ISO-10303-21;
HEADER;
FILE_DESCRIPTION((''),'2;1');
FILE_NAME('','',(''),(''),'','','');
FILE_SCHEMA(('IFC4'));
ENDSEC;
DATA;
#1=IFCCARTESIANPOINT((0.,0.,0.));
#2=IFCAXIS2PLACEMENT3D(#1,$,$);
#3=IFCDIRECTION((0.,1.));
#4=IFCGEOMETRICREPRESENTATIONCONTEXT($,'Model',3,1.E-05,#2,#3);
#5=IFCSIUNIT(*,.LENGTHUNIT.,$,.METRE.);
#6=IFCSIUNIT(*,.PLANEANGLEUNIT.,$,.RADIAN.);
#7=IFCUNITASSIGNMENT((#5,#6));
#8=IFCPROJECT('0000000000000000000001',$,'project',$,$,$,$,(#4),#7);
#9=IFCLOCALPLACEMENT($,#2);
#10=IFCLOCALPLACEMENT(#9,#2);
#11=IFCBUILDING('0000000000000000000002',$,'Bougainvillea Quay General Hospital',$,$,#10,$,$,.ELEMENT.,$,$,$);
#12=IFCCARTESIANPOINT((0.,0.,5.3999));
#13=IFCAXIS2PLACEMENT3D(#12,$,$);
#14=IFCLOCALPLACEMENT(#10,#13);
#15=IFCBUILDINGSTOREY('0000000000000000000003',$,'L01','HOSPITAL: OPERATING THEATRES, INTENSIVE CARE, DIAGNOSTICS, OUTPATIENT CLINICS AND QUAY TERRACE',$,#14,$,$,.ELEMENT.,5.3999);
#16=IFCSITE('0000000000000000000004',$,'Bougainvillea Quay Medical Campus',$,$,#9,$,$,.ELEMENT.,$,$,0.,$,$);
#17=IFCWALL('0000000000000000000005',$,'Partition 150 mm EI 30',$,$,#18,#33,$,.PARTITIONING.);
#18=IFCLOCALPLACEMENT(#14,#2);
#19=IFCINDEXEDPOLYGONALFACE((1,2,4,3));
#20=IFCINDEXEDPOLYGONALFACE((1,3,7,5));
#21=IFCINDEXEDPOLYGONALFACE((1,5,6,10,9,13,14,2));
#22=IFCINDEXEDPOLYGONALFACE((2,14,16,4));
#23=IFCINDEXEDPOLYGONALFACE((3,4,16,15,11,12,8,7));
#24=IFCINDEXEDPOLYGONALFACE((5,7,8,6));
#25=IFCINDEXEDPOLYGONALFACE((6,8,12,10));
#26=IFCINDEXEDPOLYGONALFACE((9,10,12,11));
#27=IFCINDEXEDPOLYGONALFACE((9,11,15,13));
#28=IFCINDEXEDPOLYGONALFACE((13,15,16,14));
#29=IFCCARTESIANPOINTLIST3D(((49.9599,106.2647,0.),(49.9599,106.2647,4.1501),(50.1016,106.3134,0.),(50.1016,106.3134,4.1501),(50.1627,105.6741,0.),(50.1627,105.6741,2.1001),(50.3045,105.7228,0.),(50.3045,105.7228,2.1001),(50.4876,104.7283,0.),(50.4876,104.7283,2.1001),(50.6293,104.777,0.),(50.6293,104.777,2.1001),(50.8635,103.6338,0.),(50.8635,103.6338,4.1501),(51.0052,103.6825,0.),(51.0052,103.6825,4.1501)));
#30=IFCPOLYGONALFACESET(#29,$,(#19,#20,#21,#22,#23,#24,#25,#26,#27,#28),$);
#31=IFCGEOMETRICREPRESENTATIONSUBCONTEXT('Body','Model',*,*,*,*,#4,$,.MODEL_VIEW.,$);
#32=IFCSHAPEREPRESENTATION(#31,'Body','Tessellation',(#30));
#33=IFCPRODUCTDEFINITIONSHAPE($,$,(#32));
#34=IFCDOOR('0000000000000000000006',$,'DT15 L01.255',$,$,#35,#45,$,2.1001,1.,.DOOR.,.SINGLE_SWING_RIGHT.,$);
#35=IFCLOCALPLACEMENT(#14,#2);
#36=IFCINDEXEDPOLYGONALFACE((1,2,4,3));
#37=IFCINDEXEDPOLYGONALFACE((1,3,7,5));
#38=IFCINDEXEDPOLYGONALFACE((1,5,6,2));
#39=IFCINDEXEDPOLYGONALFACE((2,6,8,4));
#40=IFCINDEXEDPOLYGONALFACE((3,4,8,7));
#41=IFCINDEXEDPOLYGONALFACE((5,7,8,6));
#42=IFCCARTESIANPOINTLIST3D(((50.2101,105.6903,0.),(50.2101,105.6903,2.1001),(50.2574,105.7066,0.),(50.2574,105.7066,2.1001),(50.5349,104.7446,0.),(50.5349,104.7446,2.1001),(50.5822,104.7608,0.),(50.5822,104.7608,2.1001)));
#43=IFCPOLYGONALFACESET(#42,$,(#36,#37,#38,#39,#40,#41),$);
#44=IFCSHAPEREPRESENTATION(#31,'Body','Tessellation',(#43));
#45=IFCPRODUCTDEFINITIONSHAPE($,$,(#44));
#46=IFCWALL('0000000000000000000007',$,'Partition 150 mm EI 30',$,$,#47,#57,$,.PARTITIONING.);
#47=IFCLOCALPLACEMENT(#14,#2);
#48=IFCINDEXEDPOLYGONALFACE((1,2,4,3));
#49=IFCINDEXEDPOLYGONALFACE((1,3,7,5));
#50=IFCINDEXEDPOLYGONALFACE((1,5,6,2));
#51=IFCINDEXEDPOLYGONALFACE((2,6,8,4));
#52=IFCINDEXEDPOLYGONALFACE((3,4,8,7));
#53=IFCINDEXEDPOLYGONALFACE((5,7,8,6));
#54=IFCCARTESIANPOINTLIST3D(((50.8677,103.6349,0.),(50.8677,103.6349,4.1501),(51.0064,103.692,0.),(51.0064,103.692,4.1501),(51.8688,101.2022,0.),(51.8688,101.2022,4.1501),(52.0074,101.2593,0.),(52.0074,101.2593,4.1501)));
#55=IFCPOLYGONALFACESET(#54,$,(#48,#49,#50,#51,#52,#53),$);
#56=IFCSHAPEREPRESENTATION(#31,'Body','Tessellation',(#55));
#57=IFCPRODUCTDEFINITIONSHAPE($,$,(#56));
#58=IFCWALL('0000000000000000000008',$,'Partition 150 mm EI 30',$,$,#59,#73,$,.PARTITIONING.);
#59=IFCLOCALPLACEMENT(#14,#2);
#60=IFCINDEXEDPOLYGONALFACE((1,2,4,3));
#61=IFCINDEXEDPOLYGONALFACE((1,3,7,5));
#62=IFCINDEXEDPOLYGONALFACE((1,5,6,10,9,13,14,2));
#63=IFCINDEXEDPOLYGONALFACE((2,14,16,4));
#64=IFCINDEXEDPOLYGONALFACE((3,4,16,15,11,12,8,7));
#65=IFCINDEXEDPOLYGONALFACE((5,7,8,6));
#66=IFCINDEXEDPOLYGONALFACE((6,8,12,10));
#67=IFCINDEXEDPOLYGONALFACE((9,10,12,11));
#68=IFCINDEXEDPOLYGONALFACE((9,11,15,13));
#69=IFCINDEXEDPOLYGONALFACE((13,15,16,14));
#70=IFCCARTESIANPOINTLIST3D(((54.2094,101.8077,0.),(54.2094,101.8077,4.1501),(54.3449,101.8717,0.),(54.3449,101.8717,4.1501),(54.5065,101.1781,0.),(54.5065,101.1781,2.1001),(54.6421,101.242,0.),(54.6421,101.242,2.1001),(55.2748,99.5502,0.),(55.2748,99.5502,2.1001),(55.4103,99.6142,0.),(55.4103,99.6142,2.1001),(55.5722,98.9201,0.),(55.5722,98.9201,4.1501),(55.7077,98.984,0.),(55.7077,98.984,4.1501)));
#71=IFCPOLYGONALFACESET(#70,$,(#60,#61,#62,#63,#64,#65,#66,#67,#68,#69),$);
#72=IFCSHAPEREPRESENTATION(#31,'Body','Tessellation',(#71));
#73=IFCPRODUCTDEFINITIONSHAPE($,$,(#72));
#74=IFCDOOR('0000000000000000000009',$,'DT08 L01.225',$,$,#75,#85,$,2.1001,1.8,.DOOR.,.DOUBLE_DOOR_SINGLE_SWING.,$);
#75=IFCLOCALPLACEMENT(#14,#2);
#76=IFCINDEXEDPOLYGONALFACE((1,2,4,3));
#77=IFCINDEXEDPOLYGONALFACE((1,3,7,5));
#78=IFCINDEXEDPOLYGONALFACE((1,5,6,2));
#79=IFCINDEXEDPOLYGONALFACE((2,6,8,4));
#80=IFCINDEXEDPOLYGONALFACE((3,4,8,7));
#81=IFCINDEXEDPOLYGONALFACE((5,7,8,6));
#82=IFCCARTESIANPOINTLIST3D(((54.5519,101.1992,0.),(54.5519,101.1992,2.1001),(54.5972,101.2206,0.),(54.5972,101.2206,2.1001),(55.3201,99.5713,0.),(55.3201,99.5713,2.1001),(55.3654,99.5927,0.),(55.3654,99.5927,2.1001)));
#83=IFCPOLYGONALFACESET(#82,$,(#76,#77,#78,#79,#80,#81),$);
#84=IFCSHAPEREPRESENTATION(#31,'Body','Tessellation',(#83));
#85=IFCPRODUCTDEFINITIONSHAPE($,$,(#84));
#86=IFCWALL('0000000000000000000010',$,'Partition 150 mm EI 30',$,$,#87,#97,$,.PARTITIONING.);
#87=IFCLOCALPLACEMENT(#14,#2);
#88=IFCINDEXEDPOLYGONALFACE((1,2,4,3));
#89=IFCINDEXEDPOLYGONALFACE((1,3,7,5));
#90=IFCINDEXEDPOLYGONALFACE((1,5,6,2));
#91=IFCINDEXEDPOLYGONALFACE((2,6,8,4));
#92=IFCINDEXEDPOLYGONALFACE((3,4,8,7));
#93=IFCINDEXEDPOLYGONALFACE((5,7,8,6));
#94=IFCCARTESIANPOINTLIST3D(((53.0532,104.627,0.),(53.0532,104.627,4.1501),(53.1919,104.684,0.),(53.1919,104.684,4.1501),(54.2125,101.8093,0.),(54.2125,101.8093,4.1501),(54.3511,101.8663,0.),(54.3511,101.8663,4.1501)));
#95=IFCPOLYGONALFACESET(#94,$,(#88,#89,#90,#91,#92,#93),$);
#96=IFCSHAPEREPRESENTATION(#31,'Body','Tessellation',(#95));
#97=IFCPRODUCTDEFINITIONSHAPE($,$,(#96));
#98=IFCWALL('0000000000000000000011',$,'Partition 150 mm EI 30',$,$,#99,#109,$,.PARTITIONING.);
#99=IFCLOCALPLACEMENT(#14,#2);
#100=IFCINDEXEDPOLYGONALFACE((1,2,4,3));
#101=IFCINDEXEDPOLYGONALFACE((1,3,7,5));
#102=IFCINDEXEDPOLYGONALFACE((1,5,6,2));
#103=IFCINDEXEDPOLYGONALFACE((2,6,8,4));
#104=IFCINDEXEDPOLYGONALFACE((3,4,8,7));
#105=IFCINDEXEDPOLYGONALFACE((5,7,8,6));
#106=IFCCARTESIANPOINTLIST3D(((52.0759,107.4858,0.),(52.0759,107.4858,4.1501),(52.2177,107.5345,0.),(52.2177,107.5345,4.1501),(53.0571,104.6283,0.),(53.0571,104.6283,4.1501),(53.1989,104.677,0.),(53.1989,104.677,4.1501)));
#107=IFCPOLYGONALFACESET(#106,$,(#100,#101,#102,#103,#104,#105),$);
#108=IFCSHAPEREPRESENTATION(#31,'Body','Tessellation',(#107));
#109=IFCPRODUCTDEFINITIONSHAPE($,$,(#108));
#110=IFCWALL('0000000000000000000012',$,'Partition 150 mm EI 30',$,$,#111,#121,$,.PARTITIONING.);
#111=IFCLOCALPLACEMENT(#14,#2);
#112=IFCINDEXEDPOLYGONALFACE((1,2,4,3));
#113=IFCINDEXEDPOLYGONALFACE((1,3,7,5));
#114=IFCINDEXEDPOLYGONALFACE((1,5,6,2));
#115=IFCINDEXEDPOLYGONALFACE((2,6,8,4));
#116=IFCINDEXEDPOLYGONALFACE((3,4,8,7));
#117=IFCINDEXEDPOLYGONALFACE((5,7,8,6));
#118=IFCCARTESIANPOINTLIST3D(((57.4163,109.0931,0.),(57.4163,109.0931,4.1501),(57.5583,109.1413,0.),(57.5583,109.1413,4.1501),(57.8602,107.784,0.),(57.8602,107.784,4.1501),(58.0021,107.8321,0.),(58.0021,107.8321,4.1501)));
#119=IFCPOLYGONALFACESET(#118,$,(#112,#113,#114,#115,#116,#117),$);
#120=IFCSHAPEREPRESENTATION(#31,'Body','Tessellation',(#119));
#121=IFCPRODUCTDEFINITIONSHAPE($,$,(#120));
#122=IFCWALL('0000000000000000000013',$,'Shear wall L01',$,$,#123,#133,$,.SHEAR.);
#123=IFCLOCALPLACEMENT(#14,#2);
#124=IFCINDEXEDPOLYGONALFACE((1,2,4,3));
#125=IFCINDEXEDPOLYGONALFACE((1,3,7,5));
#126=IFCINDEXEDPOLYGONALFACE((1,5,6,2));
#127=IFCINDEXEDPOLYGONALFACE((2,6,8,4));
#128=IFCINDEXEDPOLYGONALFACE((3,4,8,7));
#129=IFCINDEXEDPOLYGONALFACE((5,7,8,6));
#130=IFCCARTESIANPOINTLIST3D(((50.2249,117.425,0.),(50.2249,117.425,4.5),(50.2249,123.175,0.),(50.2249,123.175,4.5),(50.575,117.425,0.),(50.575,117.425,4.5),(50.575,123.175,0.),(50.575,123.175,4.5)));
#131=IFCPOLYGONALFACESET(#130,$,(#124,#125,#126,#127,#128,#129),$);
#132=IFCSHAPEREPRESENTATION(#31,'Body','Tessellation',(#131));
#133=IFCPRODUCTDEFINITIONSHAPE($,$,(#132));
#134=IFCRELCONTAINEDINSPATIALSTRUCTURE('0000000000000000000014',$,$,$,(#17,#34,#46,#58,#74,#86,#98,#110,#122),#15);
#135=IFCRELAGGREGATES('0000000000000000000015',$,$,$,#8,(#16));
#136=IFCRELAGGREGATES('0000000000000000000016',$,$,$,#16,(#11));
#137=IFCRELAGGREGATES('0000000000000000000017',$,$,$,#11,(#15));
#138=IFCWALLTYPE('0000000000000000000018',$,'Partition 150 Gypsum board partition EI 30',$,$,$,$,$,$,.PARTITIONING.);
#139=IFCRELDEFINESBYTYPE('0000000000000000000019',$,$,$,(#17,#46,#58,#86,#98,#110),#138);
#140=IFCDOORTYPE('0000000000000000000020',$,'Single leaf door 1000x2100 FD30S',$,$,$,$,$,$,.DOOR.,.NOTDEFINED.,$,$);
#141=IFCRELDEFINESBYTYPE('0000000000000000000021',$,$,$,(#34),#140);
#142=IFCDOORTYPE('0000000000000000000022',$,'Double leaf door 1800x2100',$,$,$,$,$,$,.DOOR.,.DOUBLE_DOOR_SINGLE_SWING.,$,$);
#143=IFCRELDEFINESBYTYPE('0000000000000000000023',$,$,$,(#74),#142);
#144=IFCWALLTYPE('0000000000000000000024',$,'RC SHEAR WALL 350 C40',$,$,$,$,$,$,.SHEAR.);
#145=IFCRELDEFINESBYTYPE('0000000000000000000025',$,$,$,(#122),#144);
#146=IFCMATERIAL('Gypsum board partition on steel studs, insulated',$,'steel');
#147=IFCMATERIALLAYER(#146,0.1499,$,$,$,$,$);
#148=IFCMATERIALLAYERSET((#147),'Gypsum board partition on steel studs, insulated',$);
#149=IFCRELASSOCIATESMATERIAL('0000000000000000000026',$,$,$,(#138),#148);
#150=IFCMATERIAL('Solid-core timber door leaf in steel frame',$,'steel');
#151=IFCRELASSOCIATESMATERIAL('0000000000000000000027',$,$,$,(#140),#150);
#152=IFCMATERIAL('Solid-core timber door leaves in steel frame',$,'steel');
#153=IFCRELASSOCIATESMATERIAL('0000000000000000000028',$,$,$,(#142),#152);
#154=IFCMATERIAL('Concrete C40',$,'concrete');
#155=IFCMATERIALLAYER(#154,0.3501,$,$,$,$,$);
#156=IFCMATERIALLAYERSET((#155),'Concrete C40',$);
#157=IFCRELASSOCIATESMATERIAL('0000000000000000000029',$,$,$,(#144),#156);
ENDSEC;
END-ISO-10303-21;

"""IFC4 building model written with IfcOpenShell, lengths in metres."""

from ifc_helpers import new_model, si_unit, direction, frame, frame_2d, origin, place, context, subcontext, project, spatial, rectangle, extrude, material, layer, layer_set, type_object, element, fill, save


model = new_model("IFC4")

# Units and contexts
model_context = context("Model", 3, precision=1e-05, world=origin(), true_north=direction((0.0, 1.0)))
body_context = subcontext(model_context, "Body", "Model", "MODEL_VIEW")
ifc_project = project(units=[si_unit("LENGTHUNIT", "METRE"), si_unit("PLANEANGLEUNIT", "RADIAN")], contexts=[model_context])

# Site, building, storey
site_placement = place(None, origin())
site = spatial("IfcSite", under=ifc_project, at=site_placement, Name="Bougainvillea Quay Medical Campus", CompositionType="ELEMENT", RefElevation=0.0)
building_placement = place(site_placement, origin())
building = spatial("IfcBuilding", under=site, at=building_placement, Name="Bougainvillea Quay General Hospital", CompositionType="ELEMENT")
storey_placement = place(building_placement, frame((0.0, 0.0, 5.3999)))
storey = spatial("IfcBuildingStorey", under=building, at=storey_placement, Name="L01", Description="HOSPITAL: OPERATING THEATRES, INTENSIVE CARE, DIAGNOSTICS, OUTPATIENT CLINICS AND QUAY TERRACE", CompositionType="ELEMENT", Elevation=5.3999)

# Shared definitions
ifc_material_1 = material(Name="Concrete C40", Category="concrete")

# Shared definitions
ifc_material_2 = material(Name="Gypsum board partition on steel studs, insulated", Category="steel")
ifc_layer_1 = layer(ifc_material_2, 0.1499)
ifc_layer_set_1 = layer_set([ifc_layer_1], Name="Gypsum board partition on steel studs, insulated")
wall_type_1 = type_object("IfcWallType", Name="Partition 150 Gypsum board partition EI 30", PredefinedType="PARTITIONING", material=ifc_layer_set_1)

# Wall, opening, door
ifc_material_3 = material(Name="Solid-core timber door leaf in steel frame", Category="steel")
door_type_1 = type_object("IfcDoorType", Name="Single leaf door 1000x2100 FD30S", OperationType="NOTDEFINED", PredefinedType="DOOR", material=ifc_material_3)
wall_1_placement = place(storey_placement, frame((50.0308, 106.2891, 0.0), z_axis=(0.0, 0.0, 1.0), x_axis=(0.324825, -0.945774, 0.0)))
wall_1 = element("IfcWall", 1, at=wall_1_placement, inside=storey, type_object=wall_type_1, Name="Partition 150 mm EI 30", PredefinedType="PARTITIONING", context=body_context, shape_type="SweptSolid", body=[
    extrude(rectangle(XDim=2.7817, YDim=0.1499, at=frame_2d((1.3909, 0.0))), origin(), (0.0, 0.0, 1.0), 4.1501),
])
opening_1_placement = place(wall_1_placement, frame((0.6245, 0.0, 0.0)))
opening_1 = element("IfcOpeningElement", 2, at=opening_1_placement, cuts=wall_1, PredefinedType="OPENING", context=body_context, shape_type="SweptSolid", body=[
    extrude(rectangle(XDim=1.0, YDim=2.1001, at=frame_2d((0.5, 1.05))), frame((0.0, 0.085, 0.0), z_axis=(0.0, -1.0, 0.0), x_axis=(1.0, 0.0, 0.0)), (0.0, 0.0, 1.0), 0.1699),
])
door_1_placement = place(opening_1_placement, frame((1.0, 0.0, 0.0), z_axis=(0.0, 0.0, 1.0), x_axis=(-1.0, 0.0, 0.0)))
door_1 = element("IfcDoor", 3, at=door_1_placement, inside=storey, type_object=door_type_1, Name="DT15 L01.255", OperationType="SINGLE_SWING_RIGHT", OverallHeight=2.1001, OverallWidth=1.0, PredefinedType="DOOR", context=body_context, shape_type="SweptSolid", body=[
    extrude(rectangle(XDim=1.0, YDim=2.1001, at=frame_2d((0.5, 1.05))), frame((0.0, 0.0249, 0.0), z_axis=(0.0, -1.0, 0.0), x_axis=(1.0, 0.0, 0.0)), (0.0, 0.0, 1.0), 0.05),
])
fill(opening_1, door_1)

# Wall
wall_2_placement = place(storey_placement, frame((50.937, 103.6636, 0.0), z_axis=(0.0, 0.0, 1.0), x_axis=(0.380526, -0.92477, 0.0)))
element("IfcWall", 4, at=wall_2_placement, inside=storey, type_object=wall_type_1, Name="Partition 150 mm EI 30", PredefinedType="PARTITIONING", context=body_context, shape_type="SweptSolid", body=[
    extrude(rectangle(XDim=2.6306, YDim=0.1499, at=frame_2d((1.3154, 0.0))), origin(), (0.0, 0.0, 1.0), 4.1501),
])

# Wall, opening, door
wall_3_placement = place(storey_placement, frame((54.2771, 101.8398, 0.0), z_axis=(0.0, 0.0, 1.0), x_axis=(0.426791, -0.90435, 0.0)))
wall_3 = element("IfcWall", 5, at=wall_3_placement, inside=storey, type_object=wall_type_1, Name="Partition 150 mm EI 30", PredefinedType="PARTITIONING", context=body_context, shape_type="SweptSolid", body=[
    extrude(rectangle(XDim=3.1931, YDim=0.1499, at=frame_2d((1.5967, 0.0))), origin(), (0.0, 0.0, 1.0), 4.1501),
])
opening_2_placement = place(wall_3_placement, frame((0.6965, 0.0, 0.0)))
opening_2 = element("IfcOpeningElement", 6, at=opening_2_placement, cuts=wall_3, PredefinedType="OPENING", context=body_context, shape_type="SweptSolid", body=[
    extrude(rectangle(XDim=1.8, YDim=2.1001, at=frame_2d((0.8999, 1.05))), frame((0.0, 0.085, 0.0), z_axis=(0.0, -1.0, 0.0), x_axis=(1.0, 0.0, 0.0)), (0.0, 0.0, 1.0), 0.1699),
])
ifc_material_4 = material(Name="Solid-core timber door leaves in steel frame", Category="steel")
door_type_2 = type_object("IfcDoorType", Name="Double leaf door 1800x2100", OperationType="DOUBLE_DOOR_SINGLE_SWING", PredefinedType="DOOR", material=ifc_material_4)
door_2_placement = place(opening_2_placement, frame((1.8, 0.0, 0.0), z_axis=(0.0, 0.0, 1.0), x_axis=(-1.0, 0.0, 0.0)))
door_2 = element("IfcDoor", 7, at=door_2_placement, inside=storey, type_object=door_type_2, Name="DT08 L01.225", OperationType="DOUBLE_DOOR_SINGLE_SWING", OverallHeight=2.1001, OverallWidth=1.8, PredefinedType="DOOR", context=body_context, shape_type="SweptSolid", body=[
    extrude(rectangle(XDim=1.8, YDim=2.1001, at=frame_2d((0.8999, 1.05))), frame((0.0, 0.0249, 0.0), z_axis=(0.0, -1.0, 0.0), x_axis=(1.0, 0.0, 0.0)), (0.0, 0.0, 1.0), 0.05),
])
fill(opening_2, door_2)

# Walls
wall_4_placement = place(storey_placement, frame((53.1226, 104.6555, 0.0), z_axis=(0.0, 0.0, 1.0), x_axis=(0.380464, -0.924796, 0.0)))
element("IfcWall", 8, at=wall_4_placement, inside=storey, type_object=wall_type_1, Name="Partition 150 mm EI 30", PredefinedType="PARTITIONING", context=body_context, shape_type="SweptSolid", body=[
    extrude(rectangle(XDim=3.0469, YDim=0.1499, at=frame_2d((1.5234, 0.0))), origin(), (0.0, 0.0, 1.0), 4.1501),
])
wall_5_placement = place(storey_placement, frame((52.1467, 107.5103, 0.0), z_axis=(0.0, 0.0, 1.0), x_axis=(0.324773, -0.945792, 0.0)))
element("IfcWall", 9, at=wall_5_placement, inside=storey, type_object=wall_type_1, Name="Partition 150 mm EI 30", PredefinedType="PARTITIONING", context=body_context, shape_type="SweptSolid", body=[
    extrude(rectangle(XDim=3.0212, YDim=0.1499, at=frame_2d((1.5107, 0.0))), origin(), (0.0, 0.0, 1.0), 4.1501),
])
wall_6_placement = place(storey_placement, frame((57.4873, 109.1172, 0.0), z_axis=(0.0, 0.0, 1.0), x_axis=(0.321098, -0.947046, 0.0)))
element("IfcWall", 10, at=wall_6_placement, inside=storey, type_object=wall_type_1, Name="Partition 150 mm EI 30", PredefinedType="PARTITIONING", context=body_context, shape_type="SweptSolid", body=[
    extrude(rectangle(XDim=1.3823, YDim=0.1499, at=frame_2d((0.6912, 0.0))), origin(), (0.0, 0.0, 1.0), 4.1501),
])
ifc_layer_2 = layer(ifc_material_1, 0.3501)
ifc_layer_set_2 = layer_set([ifc_layer_2], Name="Concrete C40")
wall_type_2 = type_object("IfcWallType", Name="RC SHEAR WALL 350 C40", PredefinedType="SHEAR", material=ifc_layer_set_2)
wall_7_placement = place(storey_placement, frame((50.3999, 117.425, 0.0), z_axis=(0.0, 0.0, 1.0), x_axis=(0.0, 1.0, 0.0)))
element("IfcWall", 11, at=wall_7_placement, inside=storey, type_object=wall_type_2, Name="Shear wall L01", PredefinedType="SHEAR", context=body_context, shape_type="SweptSolid", body=[
    extrude(rectangle(XDim=5.75, YDim=0.3501, at=frame_2d((2.875, 0.0))), origin(), (0.0, 0.0, 1.0), 4.5),
])

save(model, "model.ifc")
